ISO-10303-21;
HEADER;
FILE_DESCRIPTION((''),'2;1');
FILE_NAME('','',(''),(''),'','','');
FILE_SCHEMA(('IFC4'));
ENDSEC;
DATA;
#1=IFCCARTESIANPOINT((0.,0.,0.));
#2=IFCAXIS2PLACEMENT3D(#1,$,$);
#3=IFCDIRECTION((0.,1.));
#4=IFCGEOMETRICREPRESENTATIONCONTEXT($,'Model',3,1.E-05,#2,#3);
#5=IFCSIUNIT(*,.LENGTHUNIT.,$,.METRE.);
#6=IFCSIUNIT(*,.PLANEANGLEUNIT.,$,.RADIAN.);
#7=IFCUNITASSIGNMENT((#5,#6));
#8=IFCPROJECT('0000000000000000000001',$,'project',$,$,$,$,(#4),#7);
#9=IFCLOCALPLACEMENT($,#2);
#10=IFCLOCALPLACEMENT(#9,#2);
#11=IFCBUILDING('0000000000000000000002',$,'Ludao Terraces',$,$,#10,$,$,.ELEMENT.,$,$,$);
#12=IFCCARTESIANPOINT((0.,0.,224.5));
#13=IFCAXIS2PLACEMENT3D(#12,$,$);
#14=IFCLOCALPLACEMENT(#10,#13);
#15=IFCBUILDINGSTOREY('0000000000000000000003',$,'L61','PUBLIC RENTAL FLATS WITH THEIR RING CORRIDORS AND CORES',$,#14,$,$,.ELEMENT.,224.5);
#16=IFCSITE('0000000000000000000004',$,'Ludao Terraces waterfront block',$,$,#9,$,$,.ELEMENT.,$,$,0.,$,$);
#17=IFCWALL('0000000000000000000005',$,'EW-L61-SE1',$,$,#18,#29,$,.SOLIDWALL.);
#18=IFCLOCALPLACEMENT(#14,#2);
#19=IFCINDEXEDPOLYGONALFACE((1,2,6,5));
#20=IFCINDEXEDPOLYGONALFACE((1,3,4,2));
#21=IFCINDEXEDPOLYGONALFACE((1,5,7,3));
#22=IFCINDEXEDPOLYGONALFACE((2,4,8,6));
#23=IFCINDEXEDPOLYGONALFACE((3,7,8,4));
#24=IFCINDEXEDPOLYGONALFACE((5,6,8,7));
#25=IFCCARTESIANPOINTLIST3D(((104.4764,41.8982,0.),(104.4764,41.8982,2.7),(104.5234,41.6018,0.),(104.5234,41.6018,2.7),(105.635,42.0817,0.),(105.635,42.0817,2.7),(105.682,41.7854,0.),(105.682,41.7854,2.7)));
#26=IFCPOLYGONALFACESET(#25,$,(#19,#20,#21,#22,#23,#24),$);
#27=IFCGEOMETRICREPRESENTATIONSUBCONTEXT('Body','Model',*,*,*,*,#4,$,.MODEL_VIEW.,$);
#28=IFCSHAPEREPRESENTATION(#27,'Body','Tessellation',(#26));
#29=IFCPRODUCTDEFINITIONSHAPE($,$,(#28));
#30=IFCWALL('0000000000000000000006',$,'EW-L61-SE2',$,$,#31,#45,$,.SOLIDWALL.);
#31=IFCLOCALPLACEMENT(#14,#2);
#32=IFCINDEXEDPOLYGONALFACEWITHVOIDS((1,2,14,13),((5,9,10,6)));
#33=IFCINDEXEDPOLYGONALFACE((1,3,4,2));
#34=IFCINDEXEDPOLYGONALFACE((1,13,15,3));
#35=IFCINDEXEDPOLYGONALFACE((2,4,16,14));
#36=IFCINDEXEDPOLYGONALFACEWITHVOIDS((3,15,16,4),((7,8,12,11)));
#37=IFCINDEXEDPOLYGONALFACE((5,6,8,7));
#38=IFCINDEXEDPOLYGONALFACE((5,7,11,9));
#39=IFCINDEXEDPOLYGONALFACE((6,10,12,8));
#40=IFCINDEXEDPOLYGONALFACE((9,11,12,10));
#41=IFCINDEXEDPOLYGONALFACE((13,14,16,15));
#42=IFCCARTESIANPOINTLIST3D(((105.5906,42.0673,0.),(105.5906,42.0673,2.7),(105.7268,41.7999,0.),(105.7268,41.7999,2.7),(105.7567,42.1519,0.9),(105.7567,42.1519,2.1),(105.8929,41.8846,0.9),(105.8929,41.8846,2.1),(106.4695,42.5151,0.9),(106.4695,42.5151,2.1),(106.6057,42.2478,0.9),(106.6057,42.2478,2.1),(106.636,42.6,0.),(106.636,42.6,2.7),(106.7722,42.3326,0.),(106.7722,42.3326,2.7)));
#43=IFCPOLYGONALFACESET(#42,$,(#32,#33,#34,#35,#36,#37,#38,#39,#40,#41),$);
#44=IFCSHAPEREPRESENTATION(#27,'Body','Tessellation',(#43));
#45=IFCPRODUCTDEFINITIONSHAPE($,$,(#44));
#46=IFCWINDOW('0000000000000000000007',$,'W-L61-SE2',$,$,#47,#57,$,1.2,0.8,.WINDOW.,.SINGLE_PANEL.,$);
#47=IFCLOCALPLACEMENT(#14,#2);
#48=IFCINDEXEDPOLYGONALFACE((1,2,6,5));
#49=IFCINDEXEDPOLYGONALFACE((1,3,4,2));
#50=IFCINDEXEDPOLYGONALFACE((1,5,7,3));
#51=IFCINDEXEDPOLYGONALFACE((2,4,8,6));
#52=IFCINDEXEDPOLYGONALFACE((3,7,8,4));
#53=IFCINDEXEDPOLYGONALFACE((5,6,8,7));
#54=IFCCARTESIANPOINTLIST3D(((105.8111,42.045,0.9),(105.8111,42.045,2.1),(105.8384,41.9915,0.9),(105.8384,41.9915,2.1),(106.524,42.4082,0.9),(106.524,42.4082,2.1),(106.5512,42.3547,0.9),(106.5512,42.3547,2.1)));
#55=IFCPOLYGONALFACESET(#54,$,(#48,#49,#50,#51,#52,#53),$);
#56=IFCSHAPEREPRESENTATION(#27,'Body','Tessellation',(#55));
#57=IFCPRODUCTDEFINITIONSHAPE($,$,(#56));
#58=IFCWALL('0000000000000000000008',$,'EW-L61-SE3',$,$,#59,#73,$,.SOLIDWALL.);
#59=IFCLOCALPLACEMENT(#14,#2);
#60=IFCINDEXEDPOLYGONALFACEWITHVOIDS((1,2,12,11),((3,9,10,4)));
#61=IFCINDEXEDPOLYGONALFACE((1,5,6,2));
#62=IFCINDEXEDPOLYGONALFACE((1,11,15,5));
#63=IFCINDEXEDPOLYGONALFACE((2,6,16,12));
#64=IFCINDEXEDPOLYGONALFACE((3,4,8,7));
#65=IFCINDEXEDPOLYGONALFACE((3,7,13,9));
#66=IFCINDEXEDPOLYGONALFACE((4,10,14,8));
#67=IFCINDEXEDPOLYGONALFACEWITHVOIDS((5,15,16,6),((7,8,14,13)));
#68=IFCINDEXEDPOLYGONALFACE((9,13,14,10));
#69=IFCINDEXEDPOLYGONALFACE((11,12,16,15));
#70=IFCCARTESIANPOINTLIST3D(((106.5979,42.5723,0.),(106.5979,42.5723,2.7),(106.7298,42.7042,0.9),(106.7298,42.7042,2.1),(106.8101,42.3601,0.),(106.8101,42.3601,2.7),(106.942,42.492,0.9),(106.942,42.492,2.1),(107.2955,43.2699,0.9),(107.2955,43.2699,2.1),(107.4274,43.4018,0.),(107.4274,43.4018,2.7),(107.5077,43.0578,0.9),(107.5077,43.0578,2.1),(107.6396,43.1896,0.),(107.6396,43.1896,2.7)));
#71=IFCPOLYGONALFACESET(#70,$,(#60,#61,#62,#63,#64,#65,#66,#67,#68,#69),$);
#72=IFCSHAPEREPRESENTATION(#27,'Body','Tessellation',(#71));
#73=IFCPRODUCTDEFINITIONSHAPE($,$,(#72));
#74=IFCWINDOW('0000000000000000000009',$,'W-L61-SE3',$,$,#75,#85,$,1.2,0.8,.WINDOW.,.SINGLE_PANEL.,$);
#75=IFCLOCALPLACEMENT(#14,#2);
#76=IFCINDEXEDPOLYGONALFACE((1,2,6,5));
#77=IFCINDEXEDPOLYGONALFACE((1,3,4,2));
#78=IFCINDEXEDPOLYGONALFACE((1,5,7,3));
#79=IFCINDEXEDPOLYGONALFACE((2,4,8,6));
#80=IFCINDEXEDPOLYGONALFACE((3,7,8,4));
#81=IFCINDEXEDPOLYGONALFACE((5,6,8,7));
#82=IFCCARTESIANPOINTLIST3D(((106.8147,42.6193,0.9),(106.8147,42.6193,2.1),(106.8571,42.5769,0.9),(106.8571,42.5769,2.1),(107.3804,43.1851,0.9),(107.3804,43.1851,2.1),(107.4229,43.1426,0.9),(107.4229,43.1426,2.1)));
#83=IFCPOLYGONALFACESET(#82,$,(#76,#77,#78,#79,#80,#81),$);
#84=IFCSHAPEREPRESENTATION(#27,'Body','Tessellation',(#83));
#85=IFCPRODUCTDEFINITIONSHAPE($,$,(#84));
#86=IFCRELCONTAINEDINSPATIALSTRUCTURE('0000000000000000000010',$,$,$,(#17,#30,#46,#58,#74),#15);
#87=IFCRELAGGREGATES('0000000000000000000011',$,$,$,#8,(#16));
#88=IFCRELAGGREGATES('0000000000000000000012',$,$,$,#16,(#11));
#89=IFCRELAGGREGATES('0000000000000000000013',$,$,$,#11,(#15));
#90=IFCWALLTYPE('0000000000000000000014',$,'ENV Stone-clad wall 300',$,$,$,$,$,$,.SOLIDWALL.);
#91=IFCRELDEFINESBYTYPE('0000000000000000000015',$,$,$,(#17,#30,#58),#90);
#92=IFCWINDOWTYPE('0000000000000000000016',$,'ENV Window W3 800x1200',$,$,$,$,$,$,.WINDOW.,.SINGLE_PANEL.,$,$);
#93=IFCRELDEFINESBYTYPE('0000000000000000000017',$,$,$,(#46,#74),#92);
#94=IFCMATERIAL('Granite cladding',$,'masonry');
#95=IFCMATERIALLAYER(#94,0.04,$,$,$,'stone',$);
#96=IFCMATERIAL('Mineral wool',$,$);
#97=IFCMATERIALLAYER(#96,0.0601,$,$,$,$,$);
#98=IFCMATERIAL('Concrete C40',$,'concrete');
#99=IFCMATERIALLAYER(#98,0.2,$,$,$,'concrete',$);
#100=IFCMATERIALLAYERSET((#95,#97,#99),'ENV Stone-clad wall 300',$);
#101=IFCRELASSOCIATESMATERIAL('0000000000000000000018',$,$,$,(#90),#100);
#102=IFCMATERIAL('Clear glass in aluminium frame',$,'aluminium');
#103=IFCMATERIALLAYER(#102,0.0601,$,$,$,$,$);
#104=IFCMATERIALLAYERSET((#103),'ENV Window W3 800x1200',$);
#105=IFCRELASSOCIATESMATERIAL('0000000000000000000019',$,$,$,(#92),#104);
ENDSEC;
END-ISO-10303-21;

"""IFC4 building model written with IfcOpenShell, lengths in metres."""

from ifc_helpers import new_model, si_unit, direction, frame, frame_2d, origin, place, context, subcontext, project, spatial, rectangle, extrude, material, layer, layer_set, type_object, element, fill, save


model = new_model("IFC4")

# Units and contexts
model_context = context("Model", 3, precision=1e-05, world=origin(), true_north=direction((0.0, 1.0)))
body_context = subcontext(model_context, "Body", "Model", "MODEL_VIEW")
ifc_project = project(units=[si_unit("LENGTHUNIT", "METRE"), si_unit("PLANEANGLEUNIT", "RADIAN")], contexts=[model_context])

# Site, building, storey
site_placement = place(None, origin())
site = spatial("IfcSite", under=ifc_project, at=site_placement, Name="Ludao Terraces waterfront block", CompositionType="ELEMENT", RefElevation=0.0)
building_placement = place(site_placement, origin())
building = spatial("IfcBuilding", under=site, at=building_placement, Name="Ludao Terraces", CompositionType="ELEMENT")
storey_placement = place(building_placement, frame((0.0, 0.0, 224.5)))
storey = spatial("IfcBuildingStorey", under=building, at=storey_placement, Name="L61", Description="PUBLIC RENTAL FLATS WITH THEIR RING CORRIDORS AND CORES", CompositionType="ELEMENT", Elevation=224.5)

# Wall
ifc_material_1 = material(Name="Granite cladding", Category="masonry")
ifc_layer_1 = layer(ifc_material_1, 0.04, Category="stone")
ifc_material_2 = material(Name="Mineral wool")
ifc_layer_2 = layer(ifc_material_2, 0.0601)
ifc_material_3 = material(Name="Concrete C40", Category="concrete")
ifc_layer_3 = layer(ifc_material_3, 0.2, Category="concrete")
ifc_layer_set_1 = layer_set([ifc_layer_1, ifc_layer_2, ifc_layer_3], Name="ENV Stone-clad wall 300")
wall_type = type_object("IfcWallType", Name="ENV Stone-clad wall 300", PredefinedType="SOLIDWALL", material=ifc_layer_set_1)
wall_1_placement = place(storey_placement, frame((104.5, 41.75, 0.0), z_axis=(0.0, 0.0, 1.0), x_axis=(0.987678, 0.156497, 0.0)))
element("IfcWall", 1, at=wall_1_placement, inside=storey, type_object=wall_type, Name="EW-L61-SE1", PredefinedType="SOLIDWALL", context=body_context, shape_type="SweptSolid", body=[
    extrude(rectangle(XDim=1.1731, YDim=0.3, at=frame_2d((0.5864, 0.0))), origin(), (0.0, 0.0, 1.0), 2.7),
])

# Walls, openings, windows
wall_2_placement = place(storey_placement, frame((105.6587, 41.9336, 0.0), z_axis=(0.0, 0.0, 1.0), x_axis=(0.890989, 0.454026, 0.0)))
wall_2 = element("IfcWall", 2, at=wall_2_placement, inside=storey, type_object=wall_type, Name="EW-L61-SE2", PredefinedType="SOLIDWALL", context=body_context, shape_type="SweptSolid", body=[
    extrude(rectangle(XDim=1.1733, YDim=0.3, at=frame_2d((0.5867, 0.0))), origin(), (0.0, 0.0, 1.0), 2.7),
])
opening_1_placement = place(wall_2_placement, frame((0.1865, 0.0, 0.8999)))
opening_1 = element("IfcOpeningElement", 3, at=opening_1_placement, cuts=wall_2, PredefinedType="OPENING", context=body_context, shape_type="SweptSolid", body=[
    extrude(rectangle(XDim=0.8, YDim=1.2, at=frame_2d((0.3999, 0.6001))), frame((0.0, 0.1602, 0.0), z_axis=(0.0, -1.0, 0.0), x_axis=(1.0, 0.0, 0.0)), (0.0, 0.0, 1.0), 0.3201),
])
ifc_material_4 = material(Name="Clear glass in aluminium frame", Category="aluminium")
ifc_layer_4 = layer(ifc_material_4, 0.0601)
ifc_layer_set_2 = layer_set([ifc_layer_4], Name="ENV Window W3 800x1200")
window_type = type_object("IfcWindowType", Name="ENV Window W3 800x1200", PartitioningType="SINGLE_PANEL", PredefinedType="WINDOW", material=ifc_layer_set_2)
window_1_placement = place(opening_1_placement, origin())
window_1 = element("IfcWindow", 4, at=window_1_placement, inside=storey, type_object=window_type, Name="W-L61-SE2", OverallHeight=1.2, OverallWidth=0.8, PartitioningType="SINGLE_PANEL", PredefinedType="WINDOW", context=body_context, shape_type="SweptSolid", body=[
    extrude(rectangle(XDim=0.8, YDim=1.2, at=frame_2d((0.3999, 0.6001))), frame((0.0, 0.03, 0.0), z_axis=(0.0, -1.0, 0.0), x_axis=(1.0, 0.0, 0.0)), (0.0, 0.0, 1.0), 0.0601),
])
fill(opening_1, window_1)
wall_3_placement = place(storey_placement, frame((106.7041, 42.4663, 0.0), z_axis=(0.0, 0.0, 1.0), x_axis=(0.707107, 0.707107, 0.0)))
wall_3 = element("IfcWall", 5, at=wall_3_placement, inside=storey, type_object=wall_type, Name="EW-L61-SE3", PredefinedType="SOLIDWALL", context=body_context, shape_type="SweptSolid", body=[
    extrude(rectangle(XDim=1.1731, YDim=0.3, at=frame_2d((0.5864, 0.0))), origin(), (0.0, 0.0, 1.0), 2.7),
])
opening_2_placement = place(wall_3_placement, frame((0.1865, 0.0, 0.8999)))
opening_2 = element("IfcOpeningElement", 6, at=opening_2_placement, cuts=wall_3, PredefinedType="OPENING", context=body_context, shape_type="SweptSolid", body=[
    extrude(rectangle(XDim=0.8, YDim=1.2, at=frame_2d((0.3999, 0.6001))), frame((0.0, 0.1602, 0.0), z_axis=(0.0, -1.0, 0.0), x_axis=(1.0, 0.0, 0.0)), (0.0, 0.0, 1.0), 0.3201),
])
window_2_placement = place(opening_2_placement, origin())
window_2 = element("IfcWindow", 7, at=window_2_placement, inside=storey, type_object=window_type, Name="W-L61-SE3", OverallHeight=1.2, OverallWidth=0.8, PartitioningType="SINGLE_PANEL", PredefinedType="WINDOW", context=body_context, shape_type="SweptSolid", body=[
    extrude(rectangle(XDim=0.8, YDim=1.2, at=frame_2d((0.3999, 0.6001))), frame((0.0, 0.03, 0.0), z_axis=(0.0, -1.0, 0.0), x_axis=(1.0, 0.0, 0.0)), (0.0, 0.0, 1.0), 0.0601),
])
fill(opening_2, window_2)

save(model, "model.ifc")
